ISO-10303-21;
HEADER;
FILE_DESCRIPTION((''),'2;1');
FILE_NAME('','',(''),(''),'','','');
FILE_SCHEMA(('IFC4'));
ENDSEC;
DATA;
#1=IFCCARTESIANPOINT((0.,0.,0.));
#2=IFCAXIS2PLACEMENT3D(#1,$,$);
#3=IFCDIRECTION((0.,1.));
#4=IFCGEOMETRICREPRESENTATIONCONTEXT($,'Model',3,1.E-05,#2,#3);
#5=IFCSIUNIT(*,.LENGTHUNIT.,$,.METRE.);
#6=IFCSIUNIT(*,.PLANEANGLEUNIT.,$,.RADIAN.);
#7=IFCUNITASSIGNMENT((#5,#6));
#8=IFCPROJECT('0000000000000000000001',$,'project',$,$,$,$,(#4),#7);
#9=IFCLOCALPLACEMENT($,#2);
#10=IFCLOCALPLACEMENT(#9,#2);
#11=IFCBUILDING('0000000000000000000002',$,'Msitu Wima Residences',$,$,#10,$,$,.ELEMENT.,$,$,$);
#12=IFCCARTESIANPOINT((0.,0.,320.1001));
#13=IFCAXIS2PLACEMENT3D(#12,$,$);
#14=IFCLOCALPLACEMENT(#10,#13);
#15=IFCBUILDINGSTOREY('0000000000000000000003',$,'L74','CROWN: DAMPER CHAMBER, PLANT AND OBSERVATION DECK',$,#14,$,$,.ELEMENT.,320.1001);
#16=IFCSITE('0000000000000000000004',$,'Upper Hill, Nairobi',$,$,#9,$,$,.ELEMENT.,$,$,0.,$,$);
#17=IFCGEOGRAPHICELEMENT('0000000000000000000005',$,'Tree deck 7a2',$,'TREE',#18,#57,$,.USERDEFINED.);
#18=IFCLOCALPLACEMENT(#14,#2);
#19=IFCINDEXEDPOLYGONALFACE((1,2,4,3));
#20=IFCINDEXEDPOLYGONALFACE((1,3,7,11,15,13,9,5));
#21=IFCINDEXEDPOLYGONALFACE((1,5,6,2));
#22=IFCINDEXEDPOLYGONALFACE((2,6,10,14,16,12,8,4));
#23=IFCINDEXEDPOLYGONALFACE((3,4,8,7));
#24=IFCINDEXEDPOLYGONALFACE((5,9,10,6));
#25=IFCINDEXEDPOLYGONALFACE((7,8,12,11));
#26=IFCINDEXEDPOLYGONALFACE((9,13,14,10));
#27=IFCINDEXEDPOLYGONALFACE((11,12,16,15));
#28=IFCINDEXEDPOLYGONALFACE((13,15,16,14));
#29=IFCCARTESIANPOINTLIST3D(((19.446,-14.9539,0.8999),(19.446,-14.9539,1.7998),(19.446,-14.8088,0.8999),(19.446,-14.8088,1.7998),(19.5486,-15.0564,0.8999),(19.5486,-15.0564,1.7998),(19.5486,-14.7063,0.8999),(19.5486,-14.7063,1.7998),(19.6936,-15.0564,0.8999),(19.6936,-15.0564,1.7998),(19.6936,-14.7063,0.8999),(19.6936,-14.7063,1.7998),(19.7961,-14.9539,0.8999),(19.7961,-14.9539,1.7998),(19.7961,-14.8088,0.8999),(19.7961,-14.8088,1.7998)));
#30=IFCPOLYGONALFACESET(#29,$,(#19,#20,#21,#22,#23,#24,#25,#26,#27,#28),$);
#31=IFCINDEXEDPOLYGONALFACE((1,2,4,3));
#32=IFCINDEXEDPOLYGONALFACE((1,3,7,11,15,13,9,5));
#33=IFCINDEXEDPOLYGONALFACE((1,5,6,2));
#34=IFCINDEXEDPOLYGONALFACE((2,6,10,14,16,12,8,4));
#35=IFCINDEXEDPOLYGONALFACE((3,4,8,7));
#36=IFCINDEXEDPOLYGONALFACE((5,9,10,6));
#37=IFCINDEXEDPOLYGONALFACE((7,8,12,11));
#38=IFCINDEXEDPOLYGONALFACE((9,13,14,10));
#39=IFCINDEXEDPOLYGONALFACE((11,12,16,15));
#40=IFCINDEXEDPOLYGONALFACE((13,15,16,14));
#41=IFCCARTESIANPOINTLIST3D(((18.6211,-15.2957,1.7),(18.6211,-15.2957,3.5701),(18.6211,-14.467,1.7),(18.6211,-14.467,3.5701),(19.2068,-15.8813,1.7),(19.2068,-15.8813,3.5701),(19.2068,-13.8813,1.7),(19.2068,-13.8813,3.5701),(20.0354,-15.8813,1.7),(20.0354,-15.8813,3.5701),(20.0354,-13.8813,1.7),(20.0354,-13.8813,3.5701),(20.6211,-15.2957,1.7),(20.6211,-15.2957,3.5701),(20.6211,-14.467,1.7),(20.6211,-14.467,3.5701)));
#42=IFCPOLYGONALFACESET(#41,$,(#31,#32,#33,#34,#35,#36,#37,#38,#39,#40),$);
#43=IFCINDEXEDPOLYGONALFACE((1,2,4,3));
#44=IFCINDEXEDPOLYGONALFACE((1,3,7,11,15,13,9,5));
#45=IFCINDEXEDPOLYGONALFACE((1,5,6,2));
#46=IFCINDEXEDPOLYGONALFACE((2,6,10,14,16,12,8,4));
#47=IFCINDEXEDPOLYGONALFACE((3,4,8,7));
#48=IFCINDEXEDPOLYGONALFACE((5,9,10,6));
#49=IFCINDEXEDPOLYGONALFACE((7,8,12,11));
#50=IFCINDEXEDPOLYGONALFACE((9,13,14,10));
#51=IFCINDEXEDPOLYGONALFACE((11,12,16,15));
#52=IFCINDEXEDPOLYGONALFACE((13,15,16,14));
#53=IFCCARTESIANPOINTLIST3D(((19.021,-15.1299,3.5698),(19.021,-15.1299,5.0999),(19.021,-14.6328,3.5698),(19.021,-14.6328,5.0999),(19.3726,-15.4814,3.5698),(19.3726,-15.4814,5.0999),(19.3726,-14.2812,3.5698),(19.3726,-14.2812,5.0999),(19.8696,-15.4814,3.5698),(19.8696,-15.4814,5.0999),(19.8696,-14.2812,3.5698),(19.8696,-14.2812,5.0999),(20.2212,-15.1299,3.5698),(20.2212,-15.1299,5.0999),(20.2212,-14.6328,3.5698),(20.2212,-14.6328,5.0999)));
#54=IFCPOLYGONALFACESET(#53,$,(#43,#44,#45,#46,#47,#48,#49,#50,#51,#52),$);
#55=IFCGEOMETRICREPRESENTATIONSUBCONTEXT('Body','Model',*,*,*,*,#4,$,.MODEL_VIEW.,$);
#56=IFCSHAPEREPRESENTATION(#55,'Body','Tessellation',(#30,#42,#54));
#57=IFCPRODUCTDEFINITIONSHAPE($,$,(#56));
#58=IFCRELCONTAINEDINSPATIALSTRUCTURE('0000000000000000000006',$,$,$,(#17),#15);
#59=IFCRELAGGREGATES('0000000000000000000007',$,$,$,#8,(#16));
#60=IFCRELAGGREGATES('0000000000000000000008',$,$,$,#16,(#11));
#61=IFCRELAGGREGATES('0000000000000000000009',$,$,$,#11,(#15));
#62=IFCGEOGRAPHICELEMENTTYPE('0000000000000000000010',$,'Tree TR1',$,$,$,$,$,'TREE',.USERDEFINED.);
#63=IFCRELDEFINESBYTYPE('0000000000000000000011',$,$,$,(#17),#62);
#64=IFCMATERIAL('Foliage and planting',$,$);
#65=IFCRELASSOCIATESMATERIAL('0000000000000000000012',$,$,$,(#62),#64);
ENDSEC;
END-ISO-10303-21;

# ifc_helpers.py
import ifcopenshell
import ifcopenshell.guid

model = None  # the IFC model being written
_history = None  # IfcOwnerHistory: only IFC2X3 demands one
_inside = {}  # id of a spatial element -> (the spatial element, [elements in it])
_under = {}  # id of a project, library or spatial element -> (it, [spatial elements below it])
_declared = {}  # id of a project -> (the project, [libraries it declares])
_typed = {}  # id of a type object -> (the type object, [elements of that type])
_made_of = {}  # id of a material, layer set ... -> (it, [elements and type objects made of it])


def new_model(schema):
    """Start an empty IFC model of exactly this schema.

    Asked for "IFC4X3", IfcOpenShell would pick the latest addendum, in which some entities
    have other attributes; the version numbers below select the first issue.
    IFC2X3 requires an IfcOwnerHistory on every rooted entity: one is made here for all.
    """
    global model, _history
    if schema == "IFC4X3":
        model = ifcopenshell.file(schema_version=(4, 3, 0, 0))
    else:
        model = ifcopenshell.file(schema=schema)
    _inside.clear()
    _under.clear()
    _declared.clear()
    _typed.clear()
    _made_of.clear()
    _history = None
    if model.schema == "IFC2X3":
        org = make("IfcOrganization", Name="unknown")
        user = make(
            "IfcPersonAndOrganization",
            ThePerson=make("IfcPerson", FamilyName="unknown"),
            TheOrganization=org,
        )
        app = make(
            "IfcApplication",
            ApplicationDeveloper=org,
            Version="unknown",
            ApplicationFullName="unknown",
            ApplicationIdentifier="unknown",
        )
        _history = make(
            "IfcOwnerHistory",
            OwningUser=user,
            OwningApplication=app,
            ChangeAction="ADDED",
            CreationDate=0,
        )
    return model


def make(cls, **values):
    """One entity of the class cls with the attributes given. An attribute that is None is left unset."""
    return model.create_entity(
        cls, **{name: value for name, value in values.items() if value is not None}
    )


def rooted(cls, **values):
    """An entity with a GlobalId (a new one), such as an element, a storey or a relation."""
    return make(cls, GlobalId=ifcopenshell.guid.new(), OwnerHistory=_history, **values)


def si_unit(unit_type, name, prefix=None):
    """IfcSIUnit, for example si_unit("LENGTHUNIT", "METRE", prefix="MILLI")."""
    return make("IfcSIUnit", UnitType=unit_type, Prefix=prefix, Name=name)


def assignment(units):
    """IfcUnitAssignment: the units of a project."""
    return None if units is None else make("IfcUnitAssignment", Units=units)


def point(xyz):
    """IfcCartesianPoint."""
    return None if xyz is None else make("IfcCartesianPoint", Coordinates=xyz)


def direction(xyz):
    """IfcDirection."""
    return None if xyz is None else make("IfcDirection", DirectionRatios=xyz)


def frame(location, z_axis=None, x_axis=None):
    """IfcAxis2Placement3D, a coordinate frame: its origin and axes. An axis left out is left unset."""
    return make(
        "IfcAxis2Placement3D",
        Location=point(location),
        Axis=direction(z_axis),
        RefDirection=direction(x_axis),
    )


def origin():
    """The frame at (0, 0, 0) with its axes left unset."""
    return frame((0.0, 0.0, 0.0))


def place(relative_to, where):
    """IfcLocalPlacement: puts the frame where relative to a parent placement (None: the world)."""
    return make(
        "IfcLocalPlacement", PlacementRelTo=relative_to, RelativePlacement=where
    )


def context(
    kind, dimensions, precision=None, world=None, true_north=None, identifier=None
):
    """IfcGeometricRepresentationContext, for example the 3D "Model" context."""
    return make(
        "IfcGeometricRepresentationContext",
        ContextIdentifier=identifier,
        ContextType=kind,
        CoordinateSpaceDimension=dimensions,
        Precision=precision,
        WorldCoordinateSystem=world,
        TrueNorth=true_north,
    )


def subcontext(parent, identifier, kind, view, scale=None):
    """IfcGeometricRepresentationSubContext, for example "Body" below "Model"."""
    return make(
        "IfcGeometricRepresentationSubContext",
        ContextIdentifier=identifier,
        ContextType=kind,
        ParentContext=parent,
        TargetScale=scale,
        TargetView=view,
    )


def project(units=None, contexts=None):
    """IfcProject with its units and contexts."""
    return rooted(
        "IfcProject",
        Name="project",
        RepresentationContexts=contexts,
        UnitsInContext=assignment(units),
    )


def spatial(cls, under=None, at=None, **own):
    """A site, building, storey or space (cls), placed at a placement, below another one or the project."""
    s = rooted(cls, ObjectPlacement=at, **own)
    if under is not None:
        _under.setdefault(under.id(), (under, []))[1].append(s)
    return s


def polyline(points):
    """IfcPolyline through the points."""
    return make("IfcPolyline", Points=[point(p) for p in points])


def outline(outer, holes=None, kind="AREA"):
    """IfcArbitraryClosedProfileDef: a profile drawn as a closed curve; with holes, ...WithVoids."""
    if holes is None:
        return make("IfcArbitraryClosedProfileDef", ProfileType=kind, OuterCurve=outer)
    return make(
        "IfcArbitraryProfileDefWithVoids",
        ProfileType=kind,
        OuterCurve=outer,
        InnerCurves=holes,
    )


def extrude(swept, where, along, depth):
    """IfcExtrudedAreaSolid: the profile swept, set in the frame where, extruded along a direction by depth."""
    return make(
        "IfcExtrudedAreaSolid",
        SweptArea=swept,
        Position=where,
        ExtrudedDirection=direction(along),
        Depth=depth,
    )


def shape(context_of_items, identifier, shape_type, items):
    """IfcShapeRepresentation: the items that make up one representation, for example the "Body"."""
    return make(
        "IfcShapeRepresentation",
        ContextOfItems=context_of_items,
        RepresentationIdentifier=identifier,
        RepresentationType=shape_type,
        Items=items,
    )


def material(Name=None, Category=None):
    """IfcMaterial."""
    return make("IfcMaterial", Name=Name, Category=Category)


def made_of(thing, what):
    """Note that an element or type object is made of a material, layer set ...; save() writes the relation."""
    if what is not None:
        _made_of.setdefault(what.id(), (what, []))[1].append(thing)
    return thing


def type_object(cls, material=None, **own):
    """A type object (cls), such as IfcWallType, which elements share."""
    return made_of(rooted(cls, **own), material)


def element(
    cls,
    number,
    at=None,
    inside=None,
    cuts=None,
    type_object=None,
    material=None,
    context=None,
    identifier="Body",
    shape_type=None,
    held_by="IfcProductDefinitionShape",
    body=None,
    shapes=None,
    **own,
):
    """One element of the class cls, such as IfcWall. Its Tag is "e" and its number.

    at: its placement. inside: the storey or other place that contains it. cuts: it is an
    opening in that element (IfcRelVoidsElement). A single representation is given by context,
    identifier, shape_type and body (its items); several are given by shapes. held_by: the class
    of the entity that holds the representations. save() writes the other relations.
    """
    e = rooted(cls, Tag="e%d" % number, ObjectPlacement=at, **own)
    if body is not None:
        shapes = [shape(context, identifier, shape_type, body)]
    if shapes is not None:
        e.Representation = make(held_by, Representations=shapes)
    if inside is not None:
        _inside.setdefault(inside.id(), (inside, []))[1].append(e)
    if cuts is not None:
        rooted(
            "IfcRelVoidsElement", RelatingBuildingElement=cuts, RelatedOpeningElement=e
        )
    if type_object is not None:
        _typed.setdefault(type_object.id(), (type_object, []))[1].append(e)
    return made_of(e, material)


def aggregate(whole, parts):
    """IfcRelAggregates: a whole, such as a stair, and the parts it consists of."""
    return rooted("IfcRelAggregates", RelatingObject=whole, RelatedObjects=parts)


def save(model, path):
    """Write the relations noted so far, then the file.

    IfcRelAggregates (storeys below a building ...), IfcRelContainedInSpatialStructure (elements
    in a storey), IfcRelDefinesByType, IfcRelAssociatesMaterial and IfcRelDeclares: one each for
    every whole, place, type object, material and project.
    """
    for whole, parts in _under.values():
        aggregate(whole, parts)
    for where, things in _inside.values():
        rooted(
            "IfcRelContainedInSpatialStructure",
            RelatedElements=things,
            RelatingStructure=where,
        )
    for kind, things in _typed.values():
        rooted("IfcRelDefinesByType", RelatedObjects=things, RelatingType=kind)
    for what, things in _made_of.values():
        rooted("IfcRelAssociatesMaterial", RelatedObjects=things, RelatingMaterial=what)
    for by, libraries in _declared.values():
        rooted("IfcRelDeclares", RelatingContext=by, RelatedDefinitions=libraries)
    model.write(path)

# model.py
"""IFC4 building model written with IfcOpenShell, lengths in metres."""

from ifc_helpers import new_model, si_unit, direction, frame, origin, place, context, subcontext, project, spatial, polyline, outline, extrude, material, type_object, element, save


model = new_model("IFC4")

# Units and contexts
model_context = context("Model", 3, precision=1e-05, world=origin(), true_north=direction((0.0, 1.0)))
body_context = subcontext(model_context, "Body", "Model", "MODEL_VIEW")
ifc_project = project(units=[si_unit("LENGTHUNIT", "METRE"), si_unit("PLANEANGLEUNIT", "RADIAN")], contexts=[model_context])

# Site, building, storey
site_placement = place(None, origin())
site = spatial("IfcSite", under=ifc_project, at=site_placement, Name="Upper Hill, Nairobi", CompositionType="ELEMENT", RefElevation=0.0)
building_placement = place(site_placement, origin())
building = spatial("IfcBuilding", under=site, at=building_placement, Name="Msitu Wima Residences", CompositionType="ELEMENT")
storey_placement = place(building_placement, frame((0.0, 0.0, 320.1001)))
storey = spatial("IfcBuildingStorey", under=building, at=storey_placement, Name="L74", Description="CROWN: DAMPER CHAMBER, PLANT AND OBSERVATION DECK", CompositionType="ELEMENT", Elevation=320.1001)

# Geographic element
ifc_material_1 = material(Name="Foliage and planting")
geographic_element_type = type_object("IfcGeographicElementType", Name="Tree TR1", ElementType="TREE", PredefinedType="USERDEFINED", material=ifc_material_1)
geographic_element_placement = place(storey_placement, frame((19.6211, -14.8813, 0.8999), z_axis=(0.0, 0.0, 1.0), x_axis=(1.0, 0.0, 0.0)))
element("IfcGeographicElement", 1, at=geographic_element_placement, inside=storey, type_object=geographic_element_type, Name="Tree deck 7a2", ObjectType="TREE", PredefinedType="USERDEFINED", context=body_context, shape_type="SweptSolid", body=[
    extrude(outline(polyline([(0.175, 0.0725), (0.0725, 0.175), (-0.0725, 0.175), (-0.175, 0.0725), (-0.175, -0.0725), (-0.0725, -0.175), (0.0725, -0.175), (0.175, -0.0725), (0.175, 0.0725)])), origin(), (0.0, 0.0, 1.0), 0.8999),
    extrude(outline(polyline([(1.0, 0.4143), (0.4143, 1.0), (-0.4143, 1.0), (-1.0, 0.4143), (-1.0, -0.4143), (-0.4143, -1.0), (0.4143, -1.0), (1.0, -0.4143), (1.0, 0.4143)])), frame((0.0, 0.0, 0.8)), (0.0, 0.0, 1.0), 1.8701),
    extrude(outline(polyline([(0.6001, 0.2485), (0.2485, 0.6001), (-0.2485, 0.6001), (-0.6001, 0.2485), (-0.6001, -0.2485), (-0.2485, -0.6001), (0.2485, -0.6001), (0.6001, -0.2485), (0.6001, 0.2485)])), frame((0.0, 0.0, 2.6699)), (0.0, 0.0, 1.0), 1.53),
])

save(model, "model.ifc")
